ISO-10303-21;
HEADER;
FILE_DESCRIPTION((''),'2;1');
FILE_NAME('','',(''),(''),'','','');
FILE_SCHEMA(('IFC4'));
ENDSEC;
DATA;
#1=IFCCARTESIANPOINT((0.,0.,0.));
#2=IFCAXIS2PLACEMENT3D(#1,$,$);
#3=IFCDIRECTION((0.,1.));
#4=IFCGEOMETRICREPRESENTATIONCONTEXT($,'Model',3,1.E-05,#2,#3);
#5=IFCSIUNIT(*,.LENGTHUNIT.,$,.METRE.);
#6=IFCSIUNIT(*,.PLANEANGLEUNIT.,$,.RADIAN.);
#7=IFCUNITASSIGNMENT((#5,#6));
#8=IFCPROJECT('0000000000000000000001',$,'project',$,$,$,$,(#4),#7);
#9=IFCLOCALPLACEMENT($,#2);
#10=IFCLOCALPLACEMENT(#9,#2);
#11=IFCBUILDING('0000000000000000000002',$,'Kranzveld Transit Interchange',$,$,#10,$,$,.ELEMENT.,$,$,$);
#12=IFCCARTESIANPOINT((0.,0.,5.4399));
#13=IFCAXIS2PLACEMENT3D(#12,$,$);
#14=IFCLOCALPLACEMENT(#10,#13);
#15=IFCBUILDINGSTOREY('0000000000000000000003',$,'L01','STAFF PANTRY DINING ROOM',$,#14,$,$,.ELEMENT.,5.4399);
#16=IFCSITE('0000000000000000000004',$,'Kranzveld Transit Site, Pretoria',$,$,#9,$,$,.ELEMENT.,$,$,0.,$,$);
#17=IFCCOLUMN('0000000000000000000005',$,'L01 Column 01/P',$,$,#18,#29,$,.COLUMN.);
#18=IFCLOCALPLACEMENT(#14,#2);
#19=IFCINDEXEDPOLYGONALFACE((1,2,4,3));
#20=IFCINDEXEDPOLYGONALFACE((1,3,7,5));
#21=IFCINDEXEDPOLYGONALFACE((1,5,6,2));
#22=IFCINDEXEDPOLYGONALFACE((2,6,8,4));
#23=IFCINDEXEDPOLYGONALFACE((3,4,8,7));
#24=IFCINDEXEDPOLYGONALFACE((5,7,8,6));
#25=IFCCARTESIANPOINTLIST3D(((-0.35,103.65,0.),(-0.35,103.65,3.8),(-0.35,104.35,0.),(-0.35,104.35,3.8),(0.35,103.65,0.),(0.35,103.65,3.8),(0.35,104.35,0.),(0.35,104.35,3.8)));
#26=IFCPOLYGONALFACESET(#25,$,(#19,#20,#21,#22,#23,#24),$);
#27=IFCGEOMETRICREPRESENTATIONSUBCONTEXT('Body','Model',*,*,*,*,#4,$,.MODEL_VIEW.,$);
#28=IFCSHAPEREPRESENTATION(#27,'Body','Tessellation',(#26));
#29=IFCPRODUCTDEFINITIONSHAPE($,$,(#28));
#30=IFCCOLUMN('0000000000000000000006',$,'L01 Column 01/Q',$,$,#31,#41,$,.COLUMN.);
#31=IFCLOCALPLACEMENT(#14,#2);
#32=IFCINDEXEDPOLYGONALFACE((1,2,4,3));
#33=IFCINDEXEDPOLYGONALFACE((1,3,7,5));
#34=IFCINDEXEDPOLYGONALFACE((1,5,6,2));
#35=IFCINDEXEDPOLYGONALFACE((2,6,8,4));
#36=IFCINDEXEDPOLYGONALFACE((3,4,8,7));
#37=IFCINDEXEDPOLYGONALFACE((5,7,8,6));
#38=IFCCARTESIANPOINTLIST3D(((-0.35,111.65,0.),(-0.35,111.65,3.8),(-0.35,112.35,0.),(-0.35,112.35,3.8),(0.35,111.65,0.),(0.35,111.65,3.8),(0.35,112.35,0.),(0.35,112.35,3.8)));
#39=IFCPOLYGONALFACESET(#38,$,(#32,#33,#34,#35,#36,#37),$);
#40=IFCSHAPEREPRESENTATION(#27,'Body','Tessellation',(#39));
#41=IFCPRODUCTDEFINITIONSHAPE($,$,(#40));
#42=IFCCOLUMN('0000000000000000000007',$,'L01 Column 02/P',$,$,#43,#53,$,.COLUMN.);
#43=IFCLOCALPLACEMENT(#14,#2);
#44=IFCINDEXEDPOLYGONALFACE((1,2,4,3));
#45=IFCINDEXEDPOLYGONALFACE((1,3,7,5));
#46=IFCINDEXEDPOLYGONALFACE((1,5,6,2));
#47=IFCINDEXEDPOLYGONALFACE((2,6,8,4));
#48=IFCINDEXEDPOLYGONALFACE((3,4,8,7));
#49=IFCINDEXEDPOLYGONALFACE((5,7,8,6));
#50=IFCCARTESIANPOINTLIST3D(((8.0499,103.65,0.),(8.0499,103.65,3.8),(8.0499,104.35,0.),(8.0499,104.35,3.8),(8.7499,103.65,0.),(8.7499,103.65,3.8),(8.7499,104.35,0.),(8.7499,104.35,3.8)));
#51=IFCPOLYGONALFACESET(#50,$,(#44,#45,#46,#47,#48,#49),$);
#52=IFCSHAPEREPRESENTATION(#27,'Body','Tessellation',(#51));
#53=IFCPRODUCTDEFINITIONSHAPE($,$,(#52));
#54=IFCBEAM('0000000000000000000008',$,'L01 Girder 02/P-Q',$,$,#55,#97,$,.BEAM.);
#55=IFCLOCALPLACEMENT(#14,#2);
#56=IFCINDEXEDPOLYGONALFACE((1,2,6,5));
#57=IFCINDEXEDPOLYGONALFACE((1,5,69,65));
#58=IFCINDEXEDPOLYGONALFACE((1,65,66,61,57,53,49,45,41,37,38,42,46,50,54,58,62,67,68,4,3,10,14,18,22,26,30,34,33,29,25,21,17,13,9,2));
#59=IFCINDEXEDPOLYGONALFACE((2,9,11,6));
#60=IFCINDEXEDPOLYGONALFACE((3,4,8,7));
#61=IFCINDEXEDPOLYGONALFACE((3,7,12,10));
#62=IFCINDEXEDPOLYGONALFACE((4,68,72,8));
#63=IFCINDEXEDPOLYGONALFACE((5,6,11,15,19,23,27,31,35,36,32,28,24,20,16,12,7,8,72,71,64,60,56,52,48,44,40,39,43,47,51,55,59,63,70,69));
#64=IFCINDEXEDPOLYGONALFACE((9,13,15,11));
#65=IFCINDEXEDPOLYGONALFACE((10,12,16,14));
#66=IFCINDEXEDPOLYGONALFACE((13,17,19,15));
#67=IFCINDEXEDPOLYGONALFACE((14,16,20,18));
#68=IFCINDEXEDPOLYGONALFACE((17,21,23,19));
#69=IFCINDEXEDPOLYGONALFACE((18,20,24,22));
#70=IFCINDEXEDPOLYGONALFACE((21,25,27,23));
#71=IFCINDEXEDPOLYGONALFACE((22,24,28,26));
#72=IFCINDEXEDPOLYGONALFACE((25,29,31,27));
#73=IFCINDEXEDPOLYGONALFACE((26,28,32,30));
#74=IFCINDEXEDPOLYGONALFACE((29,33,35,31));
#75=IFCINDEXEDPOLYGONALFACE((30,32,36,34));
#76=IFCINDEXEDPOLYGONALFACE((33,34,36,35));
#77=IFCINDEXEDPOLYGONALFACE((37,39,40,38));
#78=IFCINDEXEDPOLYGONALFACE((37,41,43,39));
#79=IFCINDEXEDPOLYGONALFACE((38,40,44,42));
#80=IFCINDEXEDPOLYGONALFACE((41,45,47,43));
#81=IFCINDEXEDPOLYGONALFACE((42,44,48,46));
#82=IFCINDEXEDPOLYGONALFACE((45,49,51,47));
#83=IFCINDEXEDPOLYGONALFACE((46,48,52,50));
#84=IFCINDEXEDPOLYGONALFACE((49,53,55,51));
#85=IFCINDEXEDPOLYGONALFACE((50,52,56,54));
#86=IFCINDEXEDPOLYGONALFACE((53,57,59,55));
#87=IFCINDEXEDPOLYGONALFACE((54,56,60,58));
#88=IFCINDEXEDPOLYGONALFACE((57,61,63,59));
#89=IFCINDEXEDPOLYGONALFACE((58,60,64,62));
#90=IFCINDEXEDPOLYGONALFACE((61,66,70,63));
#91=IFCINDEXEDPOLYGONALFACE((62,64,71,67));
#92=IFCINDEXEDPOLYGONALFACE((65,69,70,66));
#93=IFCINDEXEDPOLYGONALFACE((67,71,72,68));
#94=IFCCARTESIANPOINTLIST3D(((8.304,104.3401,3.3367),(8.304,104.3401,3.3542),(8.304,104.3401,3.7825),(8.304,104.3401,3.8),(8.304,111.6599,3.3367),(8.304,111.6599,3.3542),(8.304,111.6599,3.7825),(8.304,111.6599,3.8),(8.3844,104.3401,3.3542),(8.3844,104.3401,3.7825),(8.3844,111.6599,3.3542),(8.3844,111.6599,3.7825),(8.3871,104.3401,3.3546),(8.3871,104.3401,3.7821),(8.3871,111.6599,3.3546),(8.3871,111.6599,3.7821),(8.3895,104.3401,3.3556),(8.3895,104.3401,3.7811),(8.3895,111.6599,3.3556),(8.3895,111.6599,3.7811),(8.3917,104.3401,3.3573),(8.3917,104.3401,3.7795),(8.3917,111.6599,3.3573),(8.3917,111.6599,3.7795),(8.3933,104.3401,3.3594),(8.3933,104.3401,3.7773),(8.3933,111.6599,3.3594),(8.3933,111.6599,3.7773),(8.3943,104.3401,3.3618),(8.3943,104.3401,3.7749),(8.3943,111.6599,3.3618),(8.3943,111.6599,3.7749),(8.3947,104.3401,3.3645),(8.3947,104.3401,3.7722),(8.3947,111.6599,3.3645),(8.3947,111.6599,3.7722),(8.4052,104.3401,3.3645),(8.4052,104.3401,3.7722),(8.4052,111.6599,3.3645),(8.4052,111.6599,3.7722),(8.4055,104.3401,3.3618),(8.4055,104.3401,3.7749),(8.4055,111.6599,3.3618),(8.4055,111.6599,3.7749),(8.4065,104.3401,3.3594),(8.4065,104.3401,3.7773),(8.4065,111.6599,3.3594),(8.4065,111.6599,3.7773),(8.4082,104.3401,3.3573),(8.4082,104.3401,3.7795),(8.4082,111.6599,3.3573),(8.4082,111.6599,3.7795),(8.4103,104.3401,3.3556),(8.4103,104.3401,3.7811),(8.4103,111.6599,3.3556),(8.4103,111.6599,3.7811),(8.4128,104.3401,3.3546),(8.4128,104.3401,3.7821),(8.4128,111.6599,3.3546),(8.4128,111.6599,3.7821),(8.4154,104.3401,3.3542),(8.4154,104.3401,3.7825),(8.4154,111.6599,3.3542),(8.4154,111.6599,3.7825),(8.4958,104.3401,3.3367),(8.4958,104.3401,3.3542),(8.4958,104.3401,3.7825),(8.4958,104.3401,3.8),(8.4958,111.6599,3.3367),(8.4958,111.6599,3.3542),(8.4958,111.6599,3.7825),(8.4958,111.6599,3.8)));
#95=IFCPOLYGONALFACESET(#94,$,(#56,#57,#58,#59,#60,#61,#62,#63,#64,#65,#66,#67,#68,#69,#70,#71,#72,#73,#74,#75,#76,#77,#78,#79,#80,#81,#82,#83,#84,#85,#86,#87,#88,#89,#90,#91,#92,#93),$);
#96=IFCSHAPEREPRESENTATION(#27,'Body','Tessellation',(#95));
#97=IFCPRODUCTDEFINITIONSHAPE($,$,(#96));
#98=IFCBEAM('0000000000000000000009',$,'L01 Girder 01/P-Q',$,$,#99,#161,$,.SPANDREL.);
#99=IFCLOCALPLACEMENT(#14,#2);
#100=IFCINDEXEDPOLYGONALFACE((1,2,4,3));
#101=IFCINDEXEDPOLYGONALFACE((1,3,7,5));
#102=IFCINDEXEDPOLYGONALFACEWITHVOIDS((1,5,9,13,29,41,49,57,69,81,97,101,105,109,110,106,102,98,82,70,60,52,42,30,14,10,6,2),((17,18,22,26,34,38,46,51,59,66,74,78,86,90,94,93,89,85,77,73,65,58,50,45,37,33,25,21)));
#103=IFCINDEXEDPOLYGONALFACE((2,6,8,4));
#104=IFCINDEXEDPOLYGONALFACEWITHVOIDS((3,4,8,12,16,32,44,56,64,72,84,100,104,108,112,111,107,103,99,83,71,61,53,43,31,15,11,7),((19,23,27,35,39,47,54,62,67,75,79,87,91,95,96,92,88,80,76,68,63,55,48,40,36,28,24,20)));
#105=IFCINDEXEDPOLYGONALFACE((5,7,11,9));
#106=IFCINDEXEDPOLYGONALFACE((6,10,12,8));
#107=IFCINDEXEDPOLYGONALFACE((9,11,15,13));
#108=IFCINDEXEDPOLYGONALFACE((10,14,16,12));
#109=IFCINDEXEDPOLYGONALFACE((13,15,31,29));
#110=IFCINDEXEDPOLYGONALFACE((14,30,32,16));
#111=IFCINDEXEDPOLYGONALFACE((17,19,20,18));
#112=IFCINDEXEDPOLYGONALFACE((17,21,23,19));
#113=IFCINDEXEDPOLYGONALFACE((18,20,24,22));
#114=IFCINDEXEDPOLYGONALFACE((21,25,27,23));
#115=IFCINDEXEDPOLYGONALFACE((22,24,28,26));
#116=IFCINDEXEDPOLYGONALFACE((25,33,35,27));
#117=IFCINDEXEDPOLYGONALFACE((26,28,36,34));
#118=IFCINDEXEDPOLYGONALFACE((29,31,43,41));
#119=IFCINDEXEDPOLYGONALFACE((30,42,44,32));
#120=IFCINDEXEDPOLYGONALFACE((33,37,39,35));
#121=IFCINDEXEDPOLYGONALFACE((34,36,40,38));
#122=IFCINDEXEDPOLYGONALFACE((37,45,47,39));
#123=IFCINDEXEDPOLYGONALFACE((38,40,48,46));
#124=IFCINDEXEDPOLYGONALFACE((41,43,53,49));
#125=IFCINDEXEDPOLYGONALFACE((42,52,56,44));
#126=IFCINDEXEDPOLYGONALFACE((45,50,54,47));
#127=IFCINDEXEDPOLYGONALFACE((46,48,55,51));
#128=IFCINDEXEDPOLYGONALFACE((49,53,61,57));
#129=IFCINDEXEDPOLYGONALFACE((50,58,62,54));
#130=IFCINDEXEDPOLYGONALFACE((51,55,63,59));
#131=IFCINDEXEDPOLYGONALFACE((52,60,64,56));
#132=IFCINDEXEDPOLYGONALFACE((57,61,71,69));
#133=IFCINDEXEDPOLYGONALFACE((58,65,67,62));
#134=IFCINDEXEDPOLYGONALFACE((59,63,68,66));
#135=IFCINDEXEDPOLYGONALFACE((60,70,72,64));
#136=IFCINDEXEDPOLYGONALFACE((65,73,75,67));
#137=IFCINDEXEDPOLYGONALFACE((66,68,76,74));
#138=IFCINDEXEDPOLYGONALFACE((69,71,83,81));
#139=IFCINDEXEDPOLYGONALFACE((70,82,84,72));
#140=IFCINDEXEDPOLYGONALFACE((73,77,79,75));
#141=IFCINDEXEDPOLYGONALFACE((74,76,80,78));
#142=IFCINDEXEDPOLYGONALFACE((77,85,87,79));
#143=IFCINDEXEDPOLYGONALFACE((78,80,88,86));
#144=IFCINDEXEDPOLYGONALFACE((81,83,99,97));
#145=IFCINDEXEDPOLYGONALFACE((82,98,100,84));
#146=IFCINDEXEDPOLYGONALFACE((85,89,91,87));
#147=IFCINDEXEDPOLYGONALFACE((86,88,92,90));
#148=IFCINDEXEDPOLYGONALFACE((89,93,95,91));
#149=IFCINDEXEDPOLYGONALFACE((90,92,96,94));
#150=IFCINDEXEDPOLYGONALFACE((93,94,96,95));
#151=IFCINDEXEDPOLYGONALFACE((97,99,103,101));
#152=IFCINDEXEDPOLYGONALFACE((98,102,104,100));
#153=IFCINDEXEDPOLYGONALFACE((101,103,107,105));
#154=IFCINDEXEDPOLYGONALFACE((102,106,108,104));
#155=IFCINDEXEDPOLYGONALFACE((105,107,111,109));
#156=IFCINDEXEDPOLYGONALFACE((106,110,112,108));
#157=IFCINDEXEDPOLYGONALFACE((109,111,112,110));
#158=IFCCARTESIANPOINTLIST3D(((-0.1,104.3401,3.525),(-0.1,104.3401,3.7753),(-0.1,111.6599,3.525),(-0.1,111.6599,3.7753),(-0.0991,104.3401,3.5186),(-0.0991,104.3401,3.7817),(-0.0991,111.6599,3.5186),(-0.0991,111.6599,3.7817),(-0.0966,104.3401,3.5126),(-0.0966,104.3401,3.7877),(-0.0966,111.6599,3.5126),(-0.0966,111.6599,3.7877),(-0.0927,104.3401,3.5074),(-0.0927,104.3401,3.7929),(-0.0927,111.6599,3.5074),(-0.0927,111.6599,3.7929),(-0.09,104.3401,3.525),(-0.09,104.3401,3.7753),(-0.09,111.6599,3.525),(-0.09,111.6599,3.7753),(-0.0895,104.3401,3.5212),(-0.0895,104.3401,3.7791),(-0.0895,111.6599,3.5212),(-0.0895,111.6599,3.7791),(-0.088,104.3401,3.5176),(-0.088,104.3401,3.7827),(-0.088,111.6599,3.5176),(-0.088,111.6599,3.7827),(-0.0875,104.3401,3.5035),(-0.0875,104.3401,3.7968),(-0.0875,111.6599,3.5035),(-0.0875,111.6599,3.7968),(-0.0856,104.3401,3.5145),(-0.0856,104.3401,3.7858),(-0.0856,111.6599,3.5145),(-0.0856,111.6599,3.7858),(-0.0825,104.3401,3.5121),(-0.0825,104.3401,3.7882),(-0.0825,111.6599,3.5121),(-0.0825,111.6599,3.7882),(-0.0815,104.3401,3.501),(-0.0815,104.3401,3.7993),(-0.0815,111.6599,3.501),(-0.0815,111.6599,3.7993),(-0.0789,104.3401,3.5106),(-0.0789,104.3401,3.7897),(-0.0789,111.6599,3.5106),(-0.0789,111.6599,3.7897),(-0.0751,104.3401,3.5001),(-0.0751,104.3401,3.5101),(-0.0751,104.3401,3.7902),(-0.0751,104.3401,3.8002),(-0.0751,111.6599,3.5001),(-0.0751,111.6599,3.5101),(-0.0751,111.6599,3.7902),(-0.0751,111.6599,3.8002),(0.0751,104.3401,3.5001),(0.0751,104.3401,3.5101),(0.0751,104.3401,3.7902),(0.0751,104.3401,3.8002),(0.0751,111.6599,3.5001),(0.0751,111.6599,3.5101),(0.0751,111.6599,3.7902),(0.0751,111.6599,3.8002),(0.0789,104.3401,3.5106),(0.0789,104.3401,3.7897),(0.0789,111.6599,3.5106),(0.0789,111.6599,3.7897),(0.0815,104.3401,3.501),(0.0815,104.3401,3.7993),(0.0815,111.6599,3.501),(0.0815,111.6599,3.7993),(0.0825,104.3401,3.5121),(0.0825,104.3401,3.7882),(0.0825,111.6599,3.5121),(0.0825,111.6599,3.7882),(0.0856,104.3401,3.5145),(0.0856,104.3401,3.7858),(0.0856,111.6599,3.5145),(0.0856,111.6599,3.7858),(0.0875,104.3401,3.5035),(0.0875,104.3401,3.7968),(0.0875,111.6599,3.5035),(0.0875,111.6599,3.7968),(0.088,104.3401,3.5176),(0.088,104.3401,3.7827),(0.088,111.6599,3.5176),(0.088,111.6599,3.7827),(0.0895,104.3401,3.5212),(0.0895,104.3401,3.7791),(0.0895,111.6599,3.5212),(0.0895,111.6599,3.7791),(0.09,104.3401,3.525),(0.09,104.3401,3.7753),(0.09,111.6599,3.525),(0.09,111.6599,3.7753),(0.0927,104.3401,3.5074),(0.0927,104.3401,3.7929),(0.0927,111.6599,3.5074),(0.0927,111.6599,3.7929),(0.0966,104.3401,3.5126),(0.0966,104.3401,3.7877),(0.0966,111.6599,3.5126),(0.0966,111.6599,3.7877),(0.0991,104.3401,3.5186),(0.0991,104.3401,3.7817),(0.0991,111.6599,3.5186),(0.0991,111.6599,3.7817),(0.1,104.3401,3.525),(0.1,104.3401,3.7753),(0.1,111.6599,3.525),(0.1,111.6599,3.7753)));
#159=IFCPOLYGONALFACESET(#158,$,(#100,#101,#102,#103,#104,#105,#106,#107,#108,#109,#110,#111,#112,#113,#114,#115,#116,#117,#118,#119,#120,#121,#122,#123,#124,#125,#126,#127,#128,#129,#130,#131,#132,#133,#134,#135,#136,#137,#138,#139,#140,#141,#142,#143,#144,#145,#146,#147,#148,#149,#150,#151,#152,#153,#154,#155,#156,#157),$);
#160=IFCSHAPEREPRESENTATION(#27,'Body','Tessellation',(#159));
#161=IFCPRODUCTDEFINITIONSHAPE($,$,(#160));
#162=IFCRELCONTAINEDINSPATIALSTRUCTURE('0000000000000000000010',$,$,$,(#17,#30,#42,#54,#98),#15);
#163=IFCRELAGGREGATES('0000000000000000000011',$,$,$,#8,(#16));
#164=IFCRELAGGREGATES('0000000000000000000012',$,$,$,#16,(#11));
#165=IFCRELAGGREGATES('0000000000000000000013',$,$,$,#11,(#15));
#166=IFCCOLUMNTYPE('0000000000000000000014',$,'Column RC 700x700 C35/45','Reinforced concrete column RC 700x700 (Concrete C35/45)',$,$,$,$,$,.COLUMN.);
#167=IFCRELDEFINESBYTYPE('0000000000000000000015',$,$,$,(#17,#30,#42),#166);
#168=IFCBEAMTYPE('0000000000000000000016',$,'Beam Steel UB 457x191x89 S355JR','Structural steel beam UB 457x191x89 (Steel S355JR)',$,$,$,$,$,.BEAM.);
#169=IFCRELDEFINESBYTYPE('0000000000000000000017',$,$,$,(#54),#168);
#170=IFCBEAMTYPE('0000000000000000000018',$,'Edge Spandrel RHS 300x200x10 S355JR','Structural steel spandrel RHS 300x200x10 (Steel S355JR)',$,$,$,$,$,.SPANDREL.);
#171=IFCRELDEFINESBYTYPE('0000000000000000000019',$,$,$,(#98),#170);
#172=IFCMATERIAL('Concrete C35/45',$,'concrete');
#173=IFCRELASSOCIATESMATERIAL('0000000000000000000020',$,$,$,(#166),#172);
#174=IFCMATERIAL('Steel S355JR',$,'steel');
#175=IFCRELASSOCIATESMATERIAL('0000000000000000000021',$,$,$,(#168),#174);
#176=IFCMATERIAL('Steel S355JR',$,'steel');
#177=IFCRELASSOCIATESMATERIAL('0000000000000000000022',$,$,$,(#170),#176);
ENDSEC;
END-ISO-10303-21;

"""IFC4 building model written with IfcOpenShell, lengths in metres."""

from ifc_helpers import new_model, si_unit, direction, frame, origin, origin_2d, place, context, subcontext, project, spatial, rectangle, hollow_rectangle, i_section, extrude, material, material_profile, profile_set, type_object, element, save


model = new_model("IFC4")

# Units and contexts
model_context = context("Model", 3, precision=1e-05, world=origin(), true_north=direction((0.0, 1.0)))
body_context = subcontext(model_context, "Body", "Model", "MODEL_VIEW")
ifc_project = project(units=[si_unit("LENGTHUNIT", "METRE"), si_unit("PLANEANGLEUNIT", "RADIAN")], contexts=[model_context])

# Site, building, storey
site_placement = place(None, origin())
site = spatial("IfcSite", under=ifc_project, at=site_placement, Name="Kranzveld Transit Site, Pretoria", CompositionType="ELEMENT", RefElevation=0.0)
building_placement = place(site_placement, origin())
building = spatial("IfcBuilding", under=site, at=building_placement, Name="Kranzveld Transit Interchange", CompositionType="ELEMENT")
storey_placement = place(building_placement, frame((0.0, 0.0, 5.4399)))
storey = spatial("IfcBuildingStorey", under=building, at=storey_placement, Name="L01", Description="STAFF PANTRY DINING ROOM", CompositionType="ELEMENT", Elevation=5.4399)

# Columns
ifc_material_1 = material(Name="Concrete C35/45", Category="concrete")
ifc_material_profile_1 = material_profile(ifc_material_1, rectangle(XDim=0.7, YDim=0.7, at=origin_2d()), Name="RC 700x700")
ifc_profile_set_1 = profile_set([ifc_material_profile_1], Name="Concrete C35/45")
column_type = type_object("IfcColumnType", Name="Column RC 700x700 C35/45", Description="Reinforced concrete column RC 700x700 (Concrete C35/45)", PredefinedType="COLUMN", material=ifc_profile_set_1)
for number, where, z_axis, x_axis, name in (
    (1, (0.0, 104.0, 0.0), (0.0, 0.0, 1.0), (1.0, 0.0, 0.0), "L01 Column 01/P"),
    (2, (0.0, 112.0, 0.0), (0.0, 0.0, 1.0), (1.0, 0.0, 0.0), "L01 Column 01/Q"),
    (3, (8.3999, 104.0, 0.0), (0.0, 0.0, 1.0), (1.0, 0.0, 0.0), "L01 Column 02/P"),
):
    element("IfcColumn", number, at=place(storey_placement, frame(where, z_axis=z_axis, x_axis=x_axis)), inside=storey, type_object=column_type, Name=name, PredefinedType="COLUMN", context=body_context, shape_type="SweptSolid", body=[
        extrude(rectangle(XDim=0.7, YDim=0.7, at=origin_2d()), origin(), (0.0, 0.0, 1.0), 3.8),
    ])

# Beams
ifc_material_2 = material(Name="Steel S355JR", Category="steel")
ifc_material_profile_2 = material_profile(ifc_material_2, i_section(OverallWidth=0.1919, OverallDepth=0.4634, WebThickness=0.0105, FlangeThickness=0.0176, FilletRadius=0.0103, at=origin_2d()), Name="UB 457x191x89")
ifc_profile_set_2 = profile_set([ifc_material_profile_2], Name="Steel S355JR")
beam_type_1 = type_object("IfcBeamType", Name="Beam Steel UB 457x191x89 S355JR", Description="Structural steel beam UB 457x191x89 (Steel S355JR)", PredefinedType="BEAM", material=ifc_profile_set_2)
beam_1_placement = place(storey_placement, frame((8.3999, 104.3401, 3.5684), z_axis=(0.0, 1.0, 0.0), x_axis=(-1.0, 0.0, 0.0)))
element("IfcBeam", 4, at=beam_1_placement, inside=storey, type_object=beam_type_1, Name="L01 Girder 02/P-Q", PredefinedType="BEAM", context=body_context, shape_type="SweptSolid", body=[
    extrude(i_section(OverallWidth=0.1919, OverallDepth=0.4634, WebThickness=0.0105, FlangeThickness=0.0176, FilletRadius=0.0103, at=origin_2d()), origin(), (0.0, 0.0, 1.0), 7.3198),
])
ifc_material_3 = material(Name="Steel S355JR", Category="steel")
ifc_material_profile_3 = material_profile(ifc_material_3, hollow_rectangle(XDim=0.2, YDim=0.3, WallThickness=0.01, InnerFilletRadius=0.0149, OuterFilletRadius=0.0249, at=origin_2d()), Name="RHS 300x200x10")
ifc_profile_set_3 = profile_set([ifc_material_profile_3], Name="Steel S355JR")
beam_type_2 = type_object("IfcBeamType", Name="Edge Spandrel RHS 300x200x10 S355JR", Description="Structural steel spandrel RHS 300x200x10 (Steel S355JR)", PredefinedType="SPANDREL", material=ifc_profile_set_3)
beam_2_placement = place(storey_placement, frame((0.0, 104.3401, 3.6501), z_axis=(0.0, 1.0, 0.0), x_axis=(-1.0, 0.0, 0.0)))
element("IfcBeam", 5, at=beam_2_placement, inside=storey, type_object=beam_type_2, Name="L01 Girder 01/P-Q", PredefinedType="SPANDREL", context=body_context, shape_type="SweptSolid", body=[
    extrude(hollow_rectangle(XDim=0.2, YDim=0.3, WallThickness=0.01, InnerFilletRadius=0.0149, OuterFilletRadius=0.0249, at=origin_2d()), origin(), (0.0, 0.0, 1.0), 7.3198),
])

save(model, "model.ifc")
